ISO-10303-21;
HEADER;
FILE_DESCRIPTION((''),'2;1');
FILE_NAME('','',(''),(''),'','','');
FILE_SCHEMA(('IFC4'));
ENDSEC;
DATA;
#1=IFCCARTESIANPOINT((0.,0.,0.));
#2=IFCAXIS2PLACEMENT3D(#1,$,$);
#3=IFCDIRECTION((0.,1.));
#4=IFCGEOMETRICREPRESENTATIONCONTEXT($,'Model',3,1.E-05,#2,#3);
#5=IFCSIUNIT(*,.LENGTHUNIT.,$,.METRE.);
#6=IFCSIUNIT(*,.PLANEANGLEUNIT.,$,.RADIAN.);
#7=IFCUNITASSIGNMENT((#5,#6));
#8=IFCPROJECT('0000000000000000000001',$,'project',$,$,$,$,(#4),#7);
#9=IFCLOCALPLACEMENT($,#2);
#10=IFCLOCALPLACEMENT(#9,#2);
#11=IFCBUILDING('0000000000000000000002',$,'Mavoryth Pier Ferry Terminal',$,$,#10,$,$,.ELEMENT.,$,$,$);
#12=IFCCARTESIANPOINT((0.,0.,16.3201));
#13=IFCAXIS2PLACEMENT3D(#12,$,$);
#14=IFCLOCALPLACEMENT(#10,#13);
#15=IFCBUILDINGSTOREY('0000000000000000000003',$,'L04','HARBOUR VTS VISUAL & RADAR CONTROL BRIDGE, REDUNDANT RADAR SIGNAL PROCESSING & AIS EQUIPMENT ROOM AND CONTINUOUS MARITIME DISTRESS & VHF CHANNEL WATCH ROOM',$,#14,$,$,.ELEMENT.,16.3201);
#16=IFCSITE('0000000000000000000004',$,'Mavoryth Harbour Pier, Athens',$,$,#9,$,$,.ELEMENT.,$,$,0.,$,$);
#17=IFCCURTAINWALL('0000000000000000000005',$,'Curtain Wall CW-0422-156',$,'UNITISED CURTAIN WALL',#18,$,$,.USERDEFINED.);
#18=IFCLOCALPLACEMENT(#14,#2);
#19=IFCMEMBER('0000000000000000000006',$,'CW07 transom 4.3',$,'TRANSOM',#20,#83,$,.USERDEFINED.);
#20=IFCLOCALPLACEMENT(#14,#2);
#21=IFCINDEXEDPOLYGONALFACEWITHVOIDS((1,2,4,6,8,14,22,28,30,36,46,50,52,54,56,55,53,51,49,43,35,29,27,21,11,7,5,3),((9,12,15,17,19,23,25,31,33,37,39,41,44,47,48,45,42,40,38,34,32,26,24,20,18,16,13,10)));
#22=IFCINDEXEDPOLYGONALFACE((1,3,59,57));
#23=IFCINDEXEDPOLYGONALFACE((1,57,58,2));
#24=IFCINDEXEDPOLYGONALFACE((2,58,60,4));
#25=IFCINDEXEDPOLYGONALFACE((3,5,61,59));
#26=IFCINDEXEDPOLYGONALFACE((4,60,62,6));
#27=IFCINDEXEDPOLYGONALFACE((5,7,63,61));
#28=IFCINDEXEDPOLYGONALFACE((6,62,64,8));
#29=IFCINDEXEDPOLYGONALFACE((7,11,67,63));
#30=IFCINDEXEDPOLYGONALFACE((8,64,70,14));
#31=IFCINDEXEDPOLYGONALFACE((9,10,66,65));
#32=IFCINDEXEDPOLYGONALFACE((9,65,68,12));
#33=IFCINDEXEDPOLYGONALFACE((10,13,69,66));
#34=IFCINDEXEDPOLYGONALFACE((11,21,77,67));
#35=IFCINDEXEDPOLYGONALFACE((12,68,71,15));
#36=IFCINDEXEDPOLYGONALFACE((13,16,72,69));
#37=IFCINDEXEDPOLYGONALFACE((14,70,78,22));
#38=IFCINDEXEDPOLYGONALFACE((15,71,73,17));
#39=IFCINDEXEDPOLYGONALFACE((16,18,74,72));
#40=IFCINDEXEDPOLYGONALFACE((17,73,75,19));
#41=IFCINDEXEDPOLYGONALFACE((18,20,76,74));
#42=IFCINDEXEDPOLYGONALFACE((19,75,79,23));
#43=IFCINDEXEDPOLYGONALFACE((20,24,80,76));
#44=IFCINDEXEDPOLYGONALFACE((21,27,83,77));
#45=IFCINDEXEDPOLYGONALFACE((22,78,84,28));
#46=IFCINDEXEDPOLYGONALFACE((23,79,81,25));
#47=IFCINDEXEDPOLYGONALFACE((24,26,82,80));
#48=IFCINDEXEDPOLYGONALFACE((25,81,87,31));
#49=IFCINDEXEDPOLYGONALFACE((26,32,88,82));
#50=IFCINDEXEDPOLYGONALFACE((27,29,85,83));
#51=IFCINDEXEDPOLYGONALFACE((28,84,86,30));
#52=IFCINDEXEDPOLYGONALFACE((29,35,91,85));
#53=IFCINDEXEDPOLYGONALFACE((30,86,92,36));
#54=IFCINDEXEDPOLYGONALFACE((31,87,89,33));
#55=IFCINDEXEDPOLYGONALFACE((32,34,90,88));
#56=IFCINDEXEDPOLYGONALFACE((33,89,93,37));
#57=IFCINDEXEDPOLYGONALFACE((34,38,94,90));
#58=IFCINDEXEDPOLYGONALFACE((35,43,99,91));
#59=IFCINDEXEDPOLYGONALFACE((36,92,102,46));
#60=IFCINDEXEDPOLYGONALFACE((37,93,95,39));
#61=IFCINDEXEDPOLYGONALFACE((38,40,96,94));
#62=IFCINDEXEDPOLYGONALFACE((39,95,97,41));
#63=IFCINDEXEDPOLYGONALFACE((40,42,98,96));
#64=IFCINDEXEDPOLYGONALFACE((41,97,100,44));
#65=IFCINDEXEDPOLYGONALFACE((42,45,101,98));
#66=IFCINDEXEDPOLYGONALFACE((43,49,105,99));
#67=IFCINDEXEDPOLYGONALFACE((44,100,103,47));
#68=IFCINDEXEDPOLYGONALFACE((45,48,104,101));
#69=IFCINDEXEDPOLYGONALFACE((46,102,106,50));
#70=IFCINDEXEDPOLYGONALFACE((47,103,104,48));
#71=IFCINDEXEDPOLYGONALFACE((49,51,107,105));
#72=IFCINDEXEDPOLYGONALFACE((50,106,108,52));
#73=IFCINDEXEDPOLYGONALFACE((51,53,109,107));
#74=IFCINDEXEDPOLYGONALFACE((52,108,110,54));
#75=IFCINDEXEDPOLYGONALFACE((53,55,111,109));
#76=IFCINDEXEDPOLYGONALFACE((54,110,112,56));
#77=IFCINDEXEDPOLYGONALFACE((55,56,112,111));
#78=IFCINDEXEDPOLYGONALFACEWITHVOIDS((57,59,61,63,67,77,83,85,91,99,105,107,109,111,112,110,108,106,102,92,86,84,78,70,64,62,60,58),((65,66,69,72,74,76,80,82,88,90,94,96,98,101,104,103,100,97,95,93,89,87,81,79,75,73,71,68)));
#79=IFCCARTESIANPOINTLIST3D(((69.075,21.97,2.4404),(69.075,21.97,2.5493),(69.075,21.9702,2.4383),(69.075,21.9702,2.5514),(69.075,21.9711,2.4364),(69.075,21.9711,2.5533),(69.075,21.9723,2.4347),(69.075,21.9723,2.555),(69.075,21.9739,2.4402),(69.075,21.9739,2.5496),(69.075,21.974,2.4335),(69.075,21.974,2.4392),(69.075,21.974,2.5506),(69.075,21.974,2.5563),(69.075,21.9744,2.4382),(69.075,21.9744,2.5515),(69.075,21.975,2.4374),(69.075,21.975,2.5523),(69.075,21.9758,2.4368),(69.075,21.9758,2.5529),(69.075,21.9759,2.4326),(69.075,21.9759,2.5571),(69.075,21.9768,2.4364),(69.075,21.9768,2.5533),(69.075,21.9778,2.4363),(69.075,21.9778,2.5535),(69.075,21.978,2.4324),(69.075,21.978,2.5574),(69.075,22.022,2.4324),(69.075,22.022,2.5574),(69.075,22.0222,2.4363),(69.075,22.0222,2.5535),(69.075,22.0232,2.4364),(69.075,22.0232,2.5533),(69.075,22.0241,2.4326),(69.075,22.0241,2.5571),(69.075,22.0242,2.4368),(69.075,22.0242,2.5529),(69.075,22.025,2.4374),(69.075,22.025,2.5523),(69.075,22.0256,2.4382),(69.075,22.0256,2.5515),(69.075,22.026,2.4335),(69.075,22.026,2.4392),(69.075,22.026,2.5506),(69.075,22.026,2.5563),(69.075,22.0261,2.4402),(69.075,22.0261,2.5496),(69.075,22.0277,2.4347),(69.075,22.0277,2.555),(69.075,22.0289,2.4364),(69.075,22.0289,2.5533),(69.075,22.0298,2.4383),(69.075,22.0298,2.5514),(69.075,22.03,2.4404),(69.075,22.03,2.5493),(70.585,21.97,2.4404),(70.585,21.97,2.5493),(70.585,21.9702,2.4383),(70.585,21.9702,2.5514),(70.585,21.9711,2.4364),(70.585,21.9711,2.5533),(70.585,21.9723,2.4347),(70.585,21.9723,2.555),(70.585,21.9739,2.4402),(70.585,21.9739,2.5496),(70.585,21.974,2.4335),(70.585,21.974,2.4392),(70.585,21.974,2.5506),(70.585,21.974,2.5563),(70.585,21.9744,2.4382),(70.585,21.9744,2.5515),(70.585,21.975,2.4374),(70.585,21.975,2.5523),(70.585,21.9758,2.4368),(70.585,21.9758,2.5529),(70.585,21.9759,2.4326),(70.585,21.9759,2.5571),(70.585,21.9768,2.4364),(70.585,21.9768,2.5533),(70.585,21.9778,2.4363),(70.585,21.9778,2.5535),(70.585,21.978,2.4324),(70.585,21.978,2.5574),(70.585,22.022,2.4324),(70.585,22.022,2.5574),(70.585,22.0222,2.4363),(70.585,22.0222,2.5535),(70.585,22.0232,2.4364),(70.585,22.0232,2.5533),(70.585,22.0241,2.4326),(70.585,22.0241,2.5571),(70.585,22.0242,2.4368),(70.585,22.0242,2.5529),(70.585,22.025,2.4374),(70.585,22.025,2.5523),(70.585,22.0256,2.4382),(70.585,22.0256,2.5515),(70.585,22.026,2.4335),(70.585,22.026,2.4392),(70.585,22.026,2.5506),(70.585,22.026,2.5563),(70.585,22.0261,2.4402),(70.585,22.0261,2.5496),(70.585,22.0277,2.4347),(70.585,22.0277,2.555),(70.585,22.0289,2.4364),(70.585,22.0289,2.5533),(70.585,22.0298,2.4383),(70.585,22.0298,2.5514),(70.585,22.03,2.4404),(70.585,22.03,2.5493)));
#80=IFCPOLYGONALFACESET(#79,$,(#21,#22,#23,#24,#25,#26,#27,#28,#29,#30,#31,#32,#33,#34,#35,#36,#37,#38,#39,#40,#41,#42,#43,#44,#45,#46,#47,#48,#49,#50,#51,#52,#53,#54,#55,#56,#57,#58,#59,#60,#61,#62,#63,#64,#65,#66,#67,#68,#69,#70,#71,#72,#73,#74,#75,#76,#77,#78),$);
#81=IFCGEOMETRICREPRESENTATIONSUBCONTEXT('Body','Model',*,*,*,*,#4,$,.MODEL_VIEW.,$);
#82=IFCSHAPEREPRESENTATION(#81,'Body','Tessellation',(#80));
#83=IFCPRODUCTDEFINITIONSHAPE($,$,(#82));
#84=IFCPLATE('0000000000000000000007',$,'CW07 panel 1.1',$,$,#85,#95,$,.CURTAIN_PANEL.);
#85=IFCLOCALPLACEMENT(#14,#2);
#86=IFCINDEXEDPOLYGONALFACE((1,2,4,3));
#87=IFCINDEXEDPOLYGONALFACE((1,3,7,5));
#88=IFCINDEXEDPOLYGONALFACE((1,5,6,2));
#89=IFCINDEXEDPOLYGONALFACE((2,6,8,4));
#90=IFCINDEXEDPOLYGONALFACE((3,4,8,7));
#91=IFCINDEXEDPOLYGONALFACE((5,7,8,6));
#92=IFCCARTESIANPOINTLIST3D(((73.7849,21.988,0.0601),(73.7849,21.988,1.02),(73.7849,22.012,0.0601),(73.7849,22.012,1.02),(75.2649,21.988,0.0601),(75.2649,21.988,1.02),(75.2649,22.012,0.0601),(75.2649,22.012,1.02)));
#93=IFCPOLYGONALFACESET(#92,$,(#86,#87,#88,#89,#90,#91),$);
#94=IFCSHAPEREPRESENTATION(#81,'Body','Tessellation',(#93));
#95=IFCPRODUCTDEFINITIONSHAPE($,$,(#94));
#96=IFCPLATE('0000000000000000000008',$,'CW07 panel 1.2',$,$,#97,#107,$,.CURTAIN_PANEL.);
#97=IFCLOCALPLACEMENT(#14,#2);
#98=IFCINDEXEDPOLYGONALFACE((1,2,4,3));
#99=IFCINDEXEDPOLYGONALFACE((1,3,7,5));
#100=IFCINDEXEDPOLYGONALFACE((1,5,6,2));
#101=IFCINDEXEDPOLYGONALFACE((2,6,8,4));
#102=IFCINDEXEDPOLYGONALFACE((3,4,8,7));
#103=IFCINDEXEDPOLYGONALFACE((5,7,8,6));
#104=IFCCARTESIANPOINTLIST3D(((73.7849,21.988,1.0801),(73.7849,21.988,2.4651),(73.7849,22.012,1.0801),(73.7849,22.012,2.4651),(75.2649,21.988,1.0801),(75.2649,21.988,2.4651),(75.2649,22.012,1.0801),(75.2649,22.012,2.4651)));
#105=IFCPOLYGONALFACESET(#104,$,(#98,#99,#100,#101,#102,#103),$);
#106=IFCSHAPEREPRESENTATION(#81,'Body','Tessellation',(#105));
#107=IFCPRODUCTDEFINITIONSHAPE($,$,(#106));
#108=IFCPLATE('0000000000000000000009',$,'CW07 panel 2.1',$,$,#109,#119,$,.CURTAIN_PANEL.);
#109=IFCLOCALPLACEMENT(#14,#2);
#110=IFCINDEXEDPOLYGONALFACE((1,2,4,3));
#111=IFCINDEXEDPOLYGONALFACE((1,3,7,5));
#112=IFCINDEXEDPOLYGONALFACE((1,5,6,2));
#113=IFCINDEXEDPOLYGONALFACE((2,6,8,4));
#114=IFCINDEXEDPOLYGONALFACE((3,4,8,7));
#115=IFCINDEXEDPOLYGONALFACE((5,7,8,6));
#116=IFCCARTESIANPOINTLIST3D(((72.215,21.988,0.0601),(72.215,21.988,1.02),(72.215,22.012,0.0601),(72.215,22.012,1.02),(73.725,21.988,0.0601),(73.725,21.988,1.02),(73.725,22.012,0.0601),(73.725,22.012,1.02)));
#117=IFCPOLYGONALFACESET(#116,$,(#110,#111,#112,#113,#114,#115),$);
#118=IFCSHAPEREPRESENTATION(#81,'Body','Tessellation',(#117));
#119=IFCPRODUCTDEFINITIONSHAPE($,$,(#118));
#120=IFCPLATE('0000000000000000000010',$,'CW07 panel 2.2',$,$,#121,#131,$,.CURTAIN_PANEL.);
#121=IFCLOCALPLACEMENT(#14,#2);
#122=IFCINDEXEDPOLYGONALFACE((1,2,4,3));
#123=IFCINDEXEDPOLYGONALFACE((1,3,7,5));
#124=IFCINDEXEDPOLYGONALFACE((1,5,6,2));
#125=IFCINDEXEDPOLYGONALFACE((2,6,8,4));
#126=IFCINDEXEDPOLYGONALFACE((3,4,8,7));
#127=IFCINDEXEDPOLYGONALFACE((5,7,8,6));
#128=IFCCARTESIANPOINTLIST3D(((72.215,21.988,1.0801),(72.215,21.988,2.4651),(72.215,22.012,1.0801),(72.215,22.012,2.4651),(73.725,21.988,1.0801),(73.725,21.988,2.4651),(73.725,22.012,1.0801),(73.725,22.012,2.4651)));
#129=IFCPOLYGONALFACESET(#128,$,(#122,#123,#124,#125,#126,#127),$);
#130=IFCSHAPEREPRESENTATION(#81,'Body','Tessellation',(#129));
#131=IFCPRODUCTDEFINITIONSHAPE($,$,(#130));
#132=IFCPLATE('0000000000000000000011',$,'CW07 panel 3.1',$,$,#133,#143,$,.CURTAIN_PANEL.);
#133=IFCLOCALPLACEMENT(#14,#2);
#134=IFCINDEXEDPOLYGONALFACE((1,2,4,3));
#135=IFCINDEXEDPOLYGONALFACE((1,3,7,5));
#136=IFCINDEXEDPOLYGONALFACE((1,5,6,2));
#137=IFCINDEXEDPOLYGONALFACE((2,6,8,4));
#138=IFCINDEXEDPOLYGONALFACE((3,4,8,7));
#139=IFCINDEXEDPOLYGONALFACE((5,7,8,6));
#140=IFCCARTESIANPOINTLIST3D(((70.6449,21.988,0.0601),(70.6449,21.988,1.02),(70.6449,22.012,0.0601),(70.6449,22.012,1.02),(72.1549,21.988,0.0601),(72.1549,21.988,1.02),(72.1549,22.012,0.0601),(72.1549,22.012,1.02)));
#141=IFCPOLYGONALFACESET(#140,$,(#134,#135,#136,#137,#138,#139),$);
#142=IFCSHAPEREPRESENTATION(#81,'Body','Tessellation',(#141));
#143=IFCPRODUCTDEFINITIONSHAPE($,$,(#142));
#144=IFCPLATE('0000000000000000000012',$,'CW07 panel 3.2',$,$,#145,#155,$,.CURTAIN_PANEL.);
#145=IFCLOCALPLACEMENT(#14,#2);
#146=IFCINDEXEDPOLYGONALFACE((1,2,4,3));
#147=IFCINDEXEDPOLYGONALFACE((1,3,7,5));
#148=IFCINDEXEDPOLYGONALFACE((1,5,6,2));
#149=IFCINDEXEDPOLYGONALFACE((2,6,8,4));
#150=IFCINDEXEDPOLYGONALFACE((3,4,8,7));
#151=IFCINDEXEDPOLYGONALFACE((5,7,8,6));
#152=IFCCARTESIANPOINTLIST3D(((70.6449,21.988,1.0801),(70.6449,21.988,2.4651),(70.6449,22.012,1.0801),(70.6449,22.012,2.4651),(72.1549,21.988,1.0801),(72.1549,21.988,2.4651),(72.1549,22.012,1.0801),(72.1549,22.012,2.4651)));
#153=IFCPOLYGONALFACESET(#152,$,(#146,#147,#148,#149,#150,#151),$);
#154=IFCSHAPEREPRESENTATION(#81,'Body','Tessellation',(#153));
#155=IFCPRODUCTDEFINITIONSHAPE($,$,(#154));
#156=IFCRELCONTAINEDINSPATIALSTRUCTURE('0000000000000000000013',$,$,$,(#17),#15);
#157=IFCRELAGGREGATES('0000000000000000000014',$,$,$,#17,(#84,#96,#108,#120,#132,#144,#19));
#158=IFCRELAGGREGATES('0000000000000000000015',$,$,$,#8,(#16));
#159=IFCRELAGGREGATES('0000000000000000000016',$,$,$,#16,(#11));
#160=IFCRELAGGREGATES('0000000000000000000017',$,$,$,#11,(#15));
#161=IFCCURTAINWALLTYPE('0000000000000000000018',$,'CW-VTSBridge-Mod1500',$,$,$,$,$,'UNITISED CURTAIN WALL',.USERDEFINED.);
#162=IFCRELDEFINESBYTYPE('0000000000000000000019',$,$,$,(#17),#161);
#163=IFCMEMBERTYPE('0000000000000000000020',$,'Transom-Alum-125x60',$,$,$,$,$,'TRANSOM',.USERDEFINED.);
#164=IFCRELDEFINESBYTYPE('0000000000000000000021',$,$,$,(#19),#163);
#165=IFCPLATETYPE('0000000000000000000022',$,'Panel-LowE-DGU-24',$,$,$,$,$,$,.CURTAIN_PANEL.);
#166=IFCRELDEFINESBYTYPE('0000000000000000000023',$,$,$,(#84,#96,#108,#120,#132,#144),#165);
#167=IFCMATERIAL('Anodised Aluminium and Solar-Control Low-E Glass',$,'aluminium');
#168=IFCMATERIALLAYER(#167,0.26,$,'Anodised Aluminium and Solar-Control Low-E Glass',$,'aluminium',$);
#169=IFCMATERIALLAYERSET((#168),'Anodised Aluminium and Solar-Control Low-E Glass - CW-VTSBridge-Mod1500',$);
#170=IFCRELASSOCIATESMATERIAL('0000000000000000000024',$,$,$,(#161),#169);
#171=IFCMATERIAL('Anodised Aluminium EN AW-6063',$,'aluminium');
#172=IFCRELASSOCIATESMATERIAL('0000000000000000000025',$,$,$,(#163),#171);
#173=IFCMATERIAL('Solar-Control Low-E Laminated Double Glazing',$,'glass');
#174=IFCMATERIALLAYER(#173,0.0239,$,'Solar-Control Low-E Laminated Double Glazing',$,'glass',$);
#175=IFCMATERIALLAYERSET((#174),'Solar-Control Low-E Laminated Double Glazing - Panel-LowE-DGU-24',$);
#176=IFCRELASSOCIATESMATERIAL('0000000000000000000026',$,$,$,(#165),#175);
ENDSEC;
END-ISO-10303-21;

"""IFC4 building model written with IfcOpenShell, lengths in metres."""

from ifc_helpers import new_model, si_unit, direction, frame, origin, origin_2d, place, context, subcontext, project, spatial, rectangle, hollow_rectangle, extrude, material, layer, layer_set, material_profile, profile_set, type_object, element, aggregate, save


model = new_model("IFC4")

# Units and contexts
model_context = context("Model", 3, precision=1e-05, world=origin(), true_north=direction((0.0, 1.0)))
body_context = subcontext(model_context, "Body", "Model", "MODEL_VIEW")
ifc_project = project(units=[si_unit("LENGTHUNIT", "METRE"), si_unit("PLANEANGLEUNIT", "RADIAN")], contexts=[model_context])

# Site, building, storey
site_placement = place(None, origin())
site = spatial("IfcSite", under=ifc_project, at=site_placement, Name="Mavoryth Harbour Pier, Athens", CompositionType="ELEMENT", RefElevation=0.0)
building_placement = place(site_placement, origin())
building = spatial("IfcBuilding", under=site, at=building_placement, Name="Mavoryth Pier Ferry Terminal", CompositionType="ELEMENT")
storey_placement = place(building_placement, frame((0.0, 0.0, 16.3201)))
storey = spatial("IfcBuildingStorey", under=building, at=storey_placement, Name="L04", Description="HARBOUR VTS VISUAL & RADAR CONTROL BRIDGE, REDUNDANT RADAR SIGNAL PROCESSING & AIS EQUIPMENT ROOM AND CONTINUOUS MARITIME DISTRESS & VHF CHANNEL WATCH ROOM", CompositionType="ELEMENT", Elevation=16.3201)

# Curtain wall, member, plates
ifc_material_1 = material(Name="Anodised Aluminium and Solar-Control Low-E Glass", Category="aluminium")
ifc_layer_1 = layer(ifc_material_1, 0.26, Name="Anodised Aluminium and Solar-Control Low-E Glass", Category="aluminium")
ifc_layer_set_1 = layer_set([ifc_layer_1], Name="Anodised Aluminium and Solar-Control Low-E Glass - CW-VTSBridge-Mod1500")
curtain_wall_type = type_object("IfcCurtainWallType", Name="CW-VTSBridge-Mod1500", ElementType="UNITISED CURTAIN WALL", PredefinedType="USERDEFINED", material=ifc_layer_set_1)
curtain_wall_placement = place(storey_placement, origin())
curtain_wall = element("IfcCurtainWall", 1, at=curtain_wall_placement, inside=storey, type_object=curtain_wall_type, Name="Curtain Wall CW-0422-156", ObjectType="UNITISED CURTAIN WALL", PredefinedType="USERDEFINED")
ifc_material_2 = material(Name="Anodised Aluminium EN AW-6063", Category="aluminium")
ifc_material_profile_1 = material_profile(ifc_material_2, hollow_rectangle(XDim=0.0601, YDim=0.125, WallThickness=0.0039, InnerFilletRadius=0.0039, OuterFilletRadius=0.0081, at=origin_2d()), Name="AL-TRAN 125x60x4", Category="aluminium")
ifc_profile_set_1 = profile_set([ifc_material_profile_1], Name="Anodised Aluminium EN AW-6063 - AL-TRAN 125x60x4")
member_type_1 = type_object("IfcMemberType", Name="Transom-Alum-125x60", ElementType="TRANSOM", PredefinedType="USERDEFINED", material=ifc_profile_set_1)
member_1_placement = place(storey_placement, frame((70.585, 22.0, 2.4949), z_axis=(-1.0, 0.0, 0.0), x_axis=(0.0, -1.0, 0.0)))
member_1 = element("IfcMember", 2, at=member_1_placement, type_object=member_type_1, Name="CW07 transom 4.3", ObjectType="TRANSOM", PredefinedType="USERDEFINED", context=body_context, shape_type="SweptSolid", body=[
    extrude(hollow_rectangle(XDim=0.0601, YDim=0.125, WallThickness=0.0039, InnerFilletRadius=0.0039, OuterFilletRadius=0.0081, at=origin_2d()), origin(), (0.0, 0.0, 1.0), 1.51),
])
ifc_material_3 = material(Name="Solar-Control Low-E Laminated Double Glazing", Category="glass")
ifc_layer_2 = layer(ifc_material_3, 0.0239, Name="Solar-Control Low-E Laminated Double Glazing", Category="glass")
ifc_layer_set_2 = layer_set([ifc_layer_2], Name="Solar-Control Low-E Laminated Double Glazing - Panel-LowE-DGU-24")
plate_type = type_object("IfcPlateType", Name="Panel-LowE-DGU-24", PredefinedType="CURTAIN_PANEL", material=ifc_layer_set_2)
plate_1_placement = place(storey_placement, frame((74.5249, 22.0, 0.0601), z_axis=(0.0, 0.0, 1.0), x_axis=(-1.0, 0.0, 0.0)))
plate_1 = element("IfcPlate", 3, at=plate_1_placement, type_object=plate_type, Name="CW07 panel 1.1", PredefinedType="CURTAIN_PANEL", context=body_context, shape_type="SweptSolid", body=[
    extrude(rectangle(XDim=1.48, YDim=0.0239, at=origin_2d()), origin(), (0.0, 0.0, 1.0), 0.96),
])
plate_2_placement = place(storey_placement, frame((74.5249, 22.0, 1.0801), z_axis=(0.0, 0.0, 1.0), x_axis=(-1.0, 0.0, 0.0)))
plate_2 = element("IfcPlate", 4, at=plate_2_placement, type_object=plate_type, Name="CW07 panel 1.2", PredefinedType="CURTAIN_PANEL", context=body_context, shape_type="SweptSolid", body=[
    extrude(rectangle(XDim=1.48, YDim=0.0239, at=origin_2d()), origin(), (0.0, 0.0, 1.0), 1.385),
])
plate_3_placement = place(storey_placement, frame((72.97, 22.0, 0.0601), z_axis=(0.0, 0.0, 1.0), x_axis=(-1.0, 0.0, 0.0)))
plate_3 = element("IfcPlate", 5, at=plate_3_placement, type_object=plate_type, Name="CW07 panel 2.1", PredefinedType="CURTAIN_PANEL", context=body_context, shape_type="SweptSolid", body=[
    extrude(rectangle(XDim=1.51, YDim=0.0239, at=origin_2d()), origin(), (0.0, 0.0, 1.0), 0.96),
])
plate_4_placement = place(storey_placement, frame((72.97, 22.0, 1.0801), z_axis=(0.0, 0.0, 1.0), x_axis=(-1.0, 0.0, 0.0)))
plate_4 = element("IfcPlate", 6, at=plate_4_placement, type_object=plate_type, Name="CW07 panel 2.2", PredefinedType="CURTAIN_PANEL", context=body_context, shape_type="SweptSolid", body=[
    extrude(rectangle(XDim=1.51, YDim=0.0239, at=origin_2d()), origin(), (0.0, 0.0, 1.0), 1.385),
])
plate_5_placement = place(storey_placement, frame((71.3999, 22.0, 0.0601), z_axis=(0.0, 0.0, 1.0), x_axis=(-1.0, 0.0, 0.0)))
plate_5 = element("IfcPlate", 7, at=plate_5_placement, type_object=plate_type, Name="CW07 panel 3.1", PredefinedType="CURTAIN_PANEL", context=body_context, shape_type="SweptSolid", body=[
    extrude(rectangle(XDim=1.51, YDim=0.0239, at=origin_2d()), origin(), (0.0, 0.0, 1.0), 0.96),
])
plate_6_placement = place(storey_placement, frame((71.3999, 22.0, 1.0801), z_axis=(0.0, 0.0, 1.0), x_axis=(-1.0, 0.0, 0.0)))
plate_6 = element("IfcPlate", 8, at=plate_6_placement, type_object=plate_type, Name="CW07 panel 3.2", PredefinedType="CURTAIN_PANEL", context=body_context, shape_type="SweptSolid", body=[
    extrude(rectangle(XDim=1.51, YDim=0.0239, at=origin_2d()), origin(), (0.0, 0.0, 1.0), 1.385),
])
aggregate(curtain_wall, [plate_1, plate_2, plate_3, plate_4, plate_5, plate_6, member_1])

save(model, "model.ifc")
